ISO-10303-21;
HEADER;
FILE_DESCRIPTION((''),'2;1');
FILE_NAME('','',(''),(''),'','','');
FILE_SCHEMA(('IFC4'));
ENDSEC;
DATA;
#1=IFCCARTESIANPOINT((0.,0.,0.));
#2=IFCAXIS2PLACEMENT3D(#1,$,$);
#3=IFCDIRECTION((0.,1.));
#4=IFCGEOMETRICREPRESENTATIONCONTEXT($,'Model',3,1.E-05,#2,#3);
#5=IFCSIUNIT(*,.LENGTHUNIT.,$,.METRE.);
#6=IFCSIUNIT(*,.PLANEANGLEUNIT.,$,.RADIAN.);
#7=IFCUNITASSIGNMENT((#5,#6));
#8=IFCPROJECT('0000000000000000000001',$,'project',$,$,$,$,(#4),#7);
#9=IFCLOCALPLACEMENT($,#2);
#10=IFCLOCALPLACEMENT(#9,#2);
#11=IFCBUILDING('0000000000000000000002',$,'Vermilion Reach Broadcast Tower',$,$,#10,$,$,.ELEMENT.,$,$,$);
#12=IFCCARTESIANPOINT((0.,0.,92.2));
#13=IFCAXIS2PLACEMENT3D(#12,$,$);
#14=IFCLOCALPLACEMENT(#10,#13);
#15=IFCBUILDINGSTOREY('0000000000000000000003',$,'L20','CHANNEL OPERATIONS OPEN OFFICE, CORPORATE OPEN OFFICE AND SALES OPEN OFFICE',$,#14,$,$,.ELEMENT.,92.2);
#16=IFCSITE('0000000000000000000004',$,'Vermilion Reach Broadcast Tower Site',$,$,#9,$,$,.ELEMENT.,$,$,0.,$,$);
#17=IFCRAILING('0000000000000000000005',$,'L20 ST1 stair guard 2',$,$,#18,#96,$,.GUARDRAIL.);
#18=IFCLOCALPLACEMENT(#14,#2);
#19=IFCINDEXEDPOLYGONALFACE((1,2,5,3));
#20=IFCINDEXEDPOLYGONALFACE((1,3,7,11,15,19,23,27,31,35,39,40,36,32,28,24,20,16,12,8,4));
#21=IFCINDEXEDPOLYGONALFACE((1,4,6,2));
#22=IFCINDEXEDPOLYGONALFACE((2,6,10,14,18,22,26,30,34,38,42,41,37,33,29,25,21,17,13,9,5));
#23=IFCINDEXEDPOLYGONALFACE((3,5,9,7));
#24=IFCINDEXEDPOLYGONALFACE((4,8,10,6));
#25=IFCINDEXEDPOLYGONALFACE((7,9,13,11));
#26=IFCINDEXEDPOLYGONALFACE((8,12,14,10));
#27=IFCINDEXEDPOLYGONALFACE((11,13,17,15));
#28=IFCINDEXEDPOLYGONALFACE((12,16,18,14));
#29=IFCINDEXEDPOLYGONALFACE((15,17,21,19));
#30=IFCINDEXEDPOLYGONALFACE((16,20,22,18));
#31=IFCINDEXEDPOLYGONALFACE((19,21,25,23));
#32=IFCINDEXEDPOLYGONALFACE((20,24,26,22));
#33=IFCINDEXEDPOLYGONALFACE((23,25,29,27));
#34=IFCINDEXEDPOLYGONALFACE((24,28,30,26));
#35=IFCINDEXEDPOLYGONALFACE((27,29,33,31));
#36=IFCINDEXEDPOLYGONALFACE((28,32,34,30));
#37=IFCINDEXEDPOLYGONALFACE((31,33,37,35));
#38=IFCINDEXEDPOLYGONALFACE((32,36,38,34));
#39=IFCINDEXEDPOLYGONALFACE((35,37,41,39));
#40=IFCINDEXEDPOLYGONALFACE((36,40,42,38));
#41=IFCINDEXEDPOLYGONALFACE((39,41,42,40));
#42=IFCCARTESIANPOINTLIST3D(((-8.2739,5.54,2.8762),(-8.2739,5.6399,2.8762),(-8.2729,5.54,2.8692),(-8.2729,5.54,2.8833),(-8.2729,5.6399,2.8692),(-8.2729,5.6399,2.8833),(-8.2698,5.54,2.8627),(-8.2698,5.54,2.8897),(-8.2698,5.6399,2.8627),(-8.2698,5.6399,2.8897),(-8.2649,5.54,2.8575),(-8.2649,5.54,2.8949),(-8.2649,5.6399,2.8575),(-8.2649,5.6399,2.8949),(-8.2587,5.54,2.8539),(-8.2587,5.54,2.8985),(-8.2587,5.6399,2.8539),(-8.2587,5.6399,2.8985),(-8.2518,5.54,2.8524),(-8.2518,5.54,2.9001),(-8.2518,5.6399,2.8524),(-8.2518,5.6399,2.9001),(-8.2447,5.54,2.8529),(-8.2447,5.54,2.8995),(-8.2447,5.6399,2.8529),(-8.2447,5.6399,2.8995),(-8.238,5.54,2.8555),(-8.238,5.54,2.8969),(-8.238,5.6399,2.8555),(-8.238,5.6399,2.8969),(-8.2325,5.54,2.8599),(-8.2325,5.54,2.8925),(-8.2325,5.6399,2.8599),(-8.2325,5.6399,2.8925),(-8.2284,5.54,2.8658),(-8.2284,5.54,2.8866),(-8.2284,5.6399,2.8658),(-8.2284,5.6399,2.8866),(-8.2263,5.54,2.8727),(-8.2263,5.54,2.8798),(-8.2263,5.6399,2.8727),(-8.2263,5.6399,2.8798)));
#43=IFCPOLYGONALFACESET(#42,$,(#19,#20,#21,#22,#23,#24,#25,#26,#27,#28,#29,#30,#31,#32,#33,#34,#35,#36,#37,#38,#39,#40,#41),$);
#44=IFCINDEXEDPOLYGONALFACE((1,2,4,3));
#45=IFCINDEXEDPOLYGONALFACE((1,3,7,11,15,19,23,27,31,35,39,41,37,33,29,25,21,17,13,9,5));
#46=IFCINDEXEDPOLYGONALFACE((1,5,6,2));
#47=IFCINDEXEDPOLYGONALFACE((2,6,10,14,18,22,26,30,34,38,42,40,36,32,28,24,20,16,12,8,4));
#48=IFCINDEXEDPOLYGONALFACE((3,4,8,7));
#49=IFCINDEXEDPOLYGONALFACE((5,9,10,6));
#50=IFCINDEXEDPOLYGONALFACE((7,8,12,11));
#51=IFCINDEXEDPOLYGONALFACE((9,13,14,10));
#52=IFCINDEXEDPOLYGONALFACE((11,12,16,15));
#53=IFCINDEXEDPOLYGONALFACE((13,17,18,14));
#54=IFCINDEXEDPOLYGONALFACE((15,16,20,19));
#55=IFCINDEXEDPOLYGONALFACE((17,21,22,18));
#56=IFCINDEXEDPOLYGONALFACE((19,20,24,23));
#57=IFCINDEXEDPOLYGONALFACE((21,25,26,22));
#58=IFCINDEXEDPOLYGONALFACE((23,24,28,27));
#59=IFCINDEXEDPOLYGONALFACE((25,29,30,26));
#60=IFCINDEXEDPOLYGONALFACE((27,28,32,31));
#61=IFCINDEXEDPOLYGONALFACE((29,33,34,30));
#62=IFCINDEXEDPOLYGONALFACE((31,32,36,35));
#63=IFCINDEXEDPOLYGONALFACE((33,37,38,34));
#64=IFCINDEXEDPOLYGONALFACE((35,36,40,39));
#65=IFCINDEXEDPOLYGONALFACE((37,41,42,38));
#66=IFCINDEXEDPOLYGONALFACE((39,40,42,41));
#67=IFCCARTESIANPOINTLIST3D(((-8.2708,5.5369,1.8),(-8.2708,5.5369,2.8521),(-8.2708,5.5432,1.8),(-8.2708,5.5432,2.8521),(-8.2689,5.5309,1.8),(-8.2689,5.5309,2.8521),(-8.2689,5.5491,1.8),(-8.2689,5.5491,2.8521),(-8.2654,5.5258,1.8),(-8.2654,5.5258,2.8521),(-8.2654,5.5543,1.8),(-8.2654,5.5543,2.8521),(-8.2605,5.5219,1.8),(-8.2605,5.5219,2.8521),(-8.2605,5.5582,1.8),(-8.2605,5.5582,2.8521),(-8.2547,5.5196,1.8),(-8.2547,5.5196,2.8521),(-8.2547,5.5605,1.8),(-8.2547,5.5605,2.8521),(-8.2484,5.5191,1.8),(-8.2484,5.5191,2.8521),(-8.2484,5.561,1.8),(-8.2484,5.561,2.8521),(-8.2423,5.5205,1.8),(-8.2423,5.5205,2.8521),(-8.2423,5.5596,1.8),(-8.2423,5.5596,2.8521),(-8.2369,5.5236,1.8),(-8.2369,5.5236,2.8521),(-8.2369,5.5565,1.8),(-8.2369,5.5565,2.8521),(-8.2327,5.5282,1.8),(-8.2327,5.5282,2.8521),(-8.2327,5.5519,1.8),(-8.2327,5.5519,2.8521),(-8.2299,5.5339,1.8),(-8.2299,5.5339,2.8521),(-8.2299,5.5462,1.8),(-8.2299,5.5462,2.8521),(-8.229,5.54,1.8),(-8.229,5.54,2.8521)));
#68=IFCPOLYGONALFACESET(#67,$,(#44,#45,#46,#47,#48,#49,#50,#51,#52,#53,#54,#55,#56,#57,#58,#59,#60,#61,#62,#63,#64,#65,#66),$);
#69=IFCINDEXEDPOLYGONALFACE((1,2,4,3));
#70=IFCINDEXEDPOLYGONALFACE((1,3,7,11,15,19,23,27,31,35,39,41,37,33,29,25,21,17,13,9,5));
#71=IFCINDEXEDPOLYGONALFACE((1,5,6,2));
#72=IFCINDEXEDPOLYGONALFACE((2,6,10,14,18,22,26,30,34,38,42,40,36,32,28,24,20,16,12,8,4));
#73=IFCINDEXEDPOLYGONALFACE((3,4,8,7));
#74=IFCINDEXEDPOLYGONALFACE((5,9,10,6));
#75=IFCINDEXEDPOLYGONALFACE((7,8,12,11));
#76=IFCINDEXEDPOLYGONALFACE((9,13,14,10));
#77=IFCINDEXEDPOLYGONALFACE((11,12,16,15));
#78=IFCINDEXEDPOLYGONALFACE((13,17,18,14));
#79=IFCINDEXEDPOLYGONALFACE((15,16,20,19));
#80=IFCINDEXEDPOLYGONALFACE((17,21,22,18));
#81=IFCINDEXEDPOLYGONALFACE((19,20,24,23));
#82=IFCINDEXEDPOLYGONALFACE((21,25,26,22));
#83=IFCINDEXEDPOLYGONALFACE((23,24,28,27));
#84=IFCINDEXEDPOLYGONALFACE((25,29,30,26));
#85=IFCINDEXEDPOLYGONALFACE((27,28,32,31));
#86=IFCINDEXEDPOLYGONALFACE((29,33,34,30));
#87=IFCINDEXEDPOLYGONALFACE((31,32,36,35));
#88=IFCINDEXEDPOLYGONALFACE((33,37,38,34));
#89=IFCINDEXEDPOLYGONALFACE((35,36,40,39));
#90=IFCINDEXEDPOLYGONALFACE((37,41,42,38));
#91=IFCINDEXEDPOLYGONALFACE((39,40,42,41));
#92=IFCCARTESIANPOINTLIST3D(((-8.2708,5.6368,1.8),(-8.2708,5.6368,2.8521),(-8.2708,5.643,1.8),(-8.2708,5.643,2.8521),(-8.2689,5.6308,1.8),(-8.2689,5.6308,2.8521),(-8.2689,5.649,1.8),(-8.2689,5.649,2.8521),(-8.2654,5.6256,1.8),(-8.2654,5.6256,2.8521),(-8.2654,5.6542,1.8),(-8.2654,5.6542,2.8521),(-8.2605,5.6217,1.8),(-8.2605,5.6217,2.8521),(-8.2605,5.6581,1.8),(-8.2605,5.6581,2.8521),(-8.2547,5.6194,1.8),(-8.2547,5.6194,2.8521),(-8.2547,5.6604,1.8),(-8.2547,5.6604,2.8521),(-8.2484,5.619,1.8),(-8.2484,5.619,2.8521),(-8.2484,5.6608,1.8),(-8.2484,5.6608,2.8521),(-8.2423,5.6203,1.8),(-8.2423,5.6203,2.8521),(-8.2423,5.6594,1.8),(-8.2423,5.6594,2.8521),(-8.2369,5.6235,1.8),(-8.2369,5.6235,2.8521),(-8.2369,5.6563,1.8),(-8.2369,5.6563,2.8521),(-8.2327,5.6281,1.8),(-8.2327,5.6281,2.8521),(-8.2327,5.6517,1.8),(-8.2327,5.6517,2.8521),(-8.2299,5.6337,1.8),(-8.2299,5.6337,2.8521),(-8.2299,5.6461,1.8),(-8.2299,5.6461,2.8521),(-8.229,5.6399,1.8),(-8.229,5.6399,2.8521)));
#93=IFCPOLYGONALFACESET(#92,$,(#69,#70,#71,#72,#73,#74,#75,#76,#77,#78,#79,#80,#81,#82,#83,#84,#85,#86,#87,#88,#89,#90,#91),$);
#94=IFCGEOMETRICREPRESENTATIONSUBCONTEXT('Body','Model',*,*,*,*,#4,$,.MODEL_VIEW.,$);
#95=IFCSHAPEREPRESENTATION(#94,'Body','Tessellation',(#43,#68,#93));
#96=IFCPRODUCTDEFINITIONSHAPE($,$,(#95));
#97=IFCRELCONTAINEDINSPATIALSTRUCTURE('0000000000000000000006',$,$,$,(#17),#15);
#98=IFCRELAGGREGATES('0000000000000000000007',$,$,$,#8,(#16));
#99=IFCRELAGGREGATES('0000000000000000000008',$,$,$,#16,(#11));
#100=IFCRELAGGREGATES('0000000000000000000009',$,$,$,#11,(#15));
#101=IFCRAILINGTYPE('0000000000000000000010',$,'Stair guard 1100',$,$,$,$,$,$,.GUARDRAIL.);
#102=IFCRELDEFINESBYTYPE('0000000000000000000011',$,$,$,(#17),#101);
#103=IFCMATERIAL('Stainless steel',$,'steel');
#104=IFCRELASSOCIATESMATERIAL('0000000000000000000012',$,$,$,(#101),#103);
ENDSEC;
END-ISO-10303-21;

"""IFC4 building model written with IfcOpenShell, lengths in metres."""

from ifc_helpers import new_model, si_unit, direction, frame, origin, origin_2d, place, context, subcontext, project, spatial, circle, extrude, material, type_object, element, save


model = new_model("IFC4")

# Units and contexts
model_context = context("Model", 3, precision=1e-05, world=origin(), true_north=direction((0.0, 1.0)))
body_context = subcontext(model_context, "Body", "Model", "MODEL_VIEW")
ifc_project = project(units=[si_unit("LENGTHUNIT", "METRE"), si_unit("PLANEANGLEUNIT", "RADIAN")], contexts=[model_context])

# Site, building, storey
site_placement = place(None, origin())
site = spatial("IfcSite", under=ifc_project, at=site_placement, Name="Vermilion Reach Broadcast Tower Site", CompositionType="ELEMENT", RefElevation=0.0)
building_placement = place(site_placement, origin())
building = spatial("IfcBuilding", under=site, at=building_placement, Name="Vermilion Reach Broadcast Tower", CompositionType="ELEMENT")
storey_placement = place(building_placement, frame((0.0, 0.0, 92.2)))
storey = spatial("IfcBuildingStorey", under=building, at=storey_placement, Name="L20", Description="CHANNEL OPERATIONS OPEN OFFICE, CORPORATE OPEN OFFICE AND SALES OPEN OFFICE", CompositionType="ELEMENT", Elevation=92.2)

# Railing
ifc_material_1 = material(Name="Stainless steel", Category="steel")
railing_type_1 = type_object("IfcRailingType", Name="Stair guard 1100", PredefinedType="GUARDRAIL", material=ifc_material_1)
railing_1_placement = place(storey_placement, frame((-8.25, 5.54, 1.8)))
element("IfcRailing", 1, at=railing_1_placement, inside=storey, type_object=railing_type_1, Name="L20 ST1 stair guard 2", PredefinedType="GUARDRAIL", context=body_context, shape_type="SweptSolid", body=[
    extrude(circle(Radius=0.0239, at=origin_2d()), frame((0.0, 0.0, 1.0762), z_axis=(0.0, 1.0, 0.0), x_axis=(-1.0, 0.0, 0.0)), (0.0, 0.0, 1.0), 0.0999),
    extrude(circle(Radius=0.021, at=origin_2d()), origin(), (0.0, 0.0, 1.0), 1.052),
    extrude(circle(Radius=0.021, at=origin_2d()), frame((0.0, 0.0999, 0.0)), (0.0, 0.0, 1.0), 1.052),
])

save(model, "model.ifc")
